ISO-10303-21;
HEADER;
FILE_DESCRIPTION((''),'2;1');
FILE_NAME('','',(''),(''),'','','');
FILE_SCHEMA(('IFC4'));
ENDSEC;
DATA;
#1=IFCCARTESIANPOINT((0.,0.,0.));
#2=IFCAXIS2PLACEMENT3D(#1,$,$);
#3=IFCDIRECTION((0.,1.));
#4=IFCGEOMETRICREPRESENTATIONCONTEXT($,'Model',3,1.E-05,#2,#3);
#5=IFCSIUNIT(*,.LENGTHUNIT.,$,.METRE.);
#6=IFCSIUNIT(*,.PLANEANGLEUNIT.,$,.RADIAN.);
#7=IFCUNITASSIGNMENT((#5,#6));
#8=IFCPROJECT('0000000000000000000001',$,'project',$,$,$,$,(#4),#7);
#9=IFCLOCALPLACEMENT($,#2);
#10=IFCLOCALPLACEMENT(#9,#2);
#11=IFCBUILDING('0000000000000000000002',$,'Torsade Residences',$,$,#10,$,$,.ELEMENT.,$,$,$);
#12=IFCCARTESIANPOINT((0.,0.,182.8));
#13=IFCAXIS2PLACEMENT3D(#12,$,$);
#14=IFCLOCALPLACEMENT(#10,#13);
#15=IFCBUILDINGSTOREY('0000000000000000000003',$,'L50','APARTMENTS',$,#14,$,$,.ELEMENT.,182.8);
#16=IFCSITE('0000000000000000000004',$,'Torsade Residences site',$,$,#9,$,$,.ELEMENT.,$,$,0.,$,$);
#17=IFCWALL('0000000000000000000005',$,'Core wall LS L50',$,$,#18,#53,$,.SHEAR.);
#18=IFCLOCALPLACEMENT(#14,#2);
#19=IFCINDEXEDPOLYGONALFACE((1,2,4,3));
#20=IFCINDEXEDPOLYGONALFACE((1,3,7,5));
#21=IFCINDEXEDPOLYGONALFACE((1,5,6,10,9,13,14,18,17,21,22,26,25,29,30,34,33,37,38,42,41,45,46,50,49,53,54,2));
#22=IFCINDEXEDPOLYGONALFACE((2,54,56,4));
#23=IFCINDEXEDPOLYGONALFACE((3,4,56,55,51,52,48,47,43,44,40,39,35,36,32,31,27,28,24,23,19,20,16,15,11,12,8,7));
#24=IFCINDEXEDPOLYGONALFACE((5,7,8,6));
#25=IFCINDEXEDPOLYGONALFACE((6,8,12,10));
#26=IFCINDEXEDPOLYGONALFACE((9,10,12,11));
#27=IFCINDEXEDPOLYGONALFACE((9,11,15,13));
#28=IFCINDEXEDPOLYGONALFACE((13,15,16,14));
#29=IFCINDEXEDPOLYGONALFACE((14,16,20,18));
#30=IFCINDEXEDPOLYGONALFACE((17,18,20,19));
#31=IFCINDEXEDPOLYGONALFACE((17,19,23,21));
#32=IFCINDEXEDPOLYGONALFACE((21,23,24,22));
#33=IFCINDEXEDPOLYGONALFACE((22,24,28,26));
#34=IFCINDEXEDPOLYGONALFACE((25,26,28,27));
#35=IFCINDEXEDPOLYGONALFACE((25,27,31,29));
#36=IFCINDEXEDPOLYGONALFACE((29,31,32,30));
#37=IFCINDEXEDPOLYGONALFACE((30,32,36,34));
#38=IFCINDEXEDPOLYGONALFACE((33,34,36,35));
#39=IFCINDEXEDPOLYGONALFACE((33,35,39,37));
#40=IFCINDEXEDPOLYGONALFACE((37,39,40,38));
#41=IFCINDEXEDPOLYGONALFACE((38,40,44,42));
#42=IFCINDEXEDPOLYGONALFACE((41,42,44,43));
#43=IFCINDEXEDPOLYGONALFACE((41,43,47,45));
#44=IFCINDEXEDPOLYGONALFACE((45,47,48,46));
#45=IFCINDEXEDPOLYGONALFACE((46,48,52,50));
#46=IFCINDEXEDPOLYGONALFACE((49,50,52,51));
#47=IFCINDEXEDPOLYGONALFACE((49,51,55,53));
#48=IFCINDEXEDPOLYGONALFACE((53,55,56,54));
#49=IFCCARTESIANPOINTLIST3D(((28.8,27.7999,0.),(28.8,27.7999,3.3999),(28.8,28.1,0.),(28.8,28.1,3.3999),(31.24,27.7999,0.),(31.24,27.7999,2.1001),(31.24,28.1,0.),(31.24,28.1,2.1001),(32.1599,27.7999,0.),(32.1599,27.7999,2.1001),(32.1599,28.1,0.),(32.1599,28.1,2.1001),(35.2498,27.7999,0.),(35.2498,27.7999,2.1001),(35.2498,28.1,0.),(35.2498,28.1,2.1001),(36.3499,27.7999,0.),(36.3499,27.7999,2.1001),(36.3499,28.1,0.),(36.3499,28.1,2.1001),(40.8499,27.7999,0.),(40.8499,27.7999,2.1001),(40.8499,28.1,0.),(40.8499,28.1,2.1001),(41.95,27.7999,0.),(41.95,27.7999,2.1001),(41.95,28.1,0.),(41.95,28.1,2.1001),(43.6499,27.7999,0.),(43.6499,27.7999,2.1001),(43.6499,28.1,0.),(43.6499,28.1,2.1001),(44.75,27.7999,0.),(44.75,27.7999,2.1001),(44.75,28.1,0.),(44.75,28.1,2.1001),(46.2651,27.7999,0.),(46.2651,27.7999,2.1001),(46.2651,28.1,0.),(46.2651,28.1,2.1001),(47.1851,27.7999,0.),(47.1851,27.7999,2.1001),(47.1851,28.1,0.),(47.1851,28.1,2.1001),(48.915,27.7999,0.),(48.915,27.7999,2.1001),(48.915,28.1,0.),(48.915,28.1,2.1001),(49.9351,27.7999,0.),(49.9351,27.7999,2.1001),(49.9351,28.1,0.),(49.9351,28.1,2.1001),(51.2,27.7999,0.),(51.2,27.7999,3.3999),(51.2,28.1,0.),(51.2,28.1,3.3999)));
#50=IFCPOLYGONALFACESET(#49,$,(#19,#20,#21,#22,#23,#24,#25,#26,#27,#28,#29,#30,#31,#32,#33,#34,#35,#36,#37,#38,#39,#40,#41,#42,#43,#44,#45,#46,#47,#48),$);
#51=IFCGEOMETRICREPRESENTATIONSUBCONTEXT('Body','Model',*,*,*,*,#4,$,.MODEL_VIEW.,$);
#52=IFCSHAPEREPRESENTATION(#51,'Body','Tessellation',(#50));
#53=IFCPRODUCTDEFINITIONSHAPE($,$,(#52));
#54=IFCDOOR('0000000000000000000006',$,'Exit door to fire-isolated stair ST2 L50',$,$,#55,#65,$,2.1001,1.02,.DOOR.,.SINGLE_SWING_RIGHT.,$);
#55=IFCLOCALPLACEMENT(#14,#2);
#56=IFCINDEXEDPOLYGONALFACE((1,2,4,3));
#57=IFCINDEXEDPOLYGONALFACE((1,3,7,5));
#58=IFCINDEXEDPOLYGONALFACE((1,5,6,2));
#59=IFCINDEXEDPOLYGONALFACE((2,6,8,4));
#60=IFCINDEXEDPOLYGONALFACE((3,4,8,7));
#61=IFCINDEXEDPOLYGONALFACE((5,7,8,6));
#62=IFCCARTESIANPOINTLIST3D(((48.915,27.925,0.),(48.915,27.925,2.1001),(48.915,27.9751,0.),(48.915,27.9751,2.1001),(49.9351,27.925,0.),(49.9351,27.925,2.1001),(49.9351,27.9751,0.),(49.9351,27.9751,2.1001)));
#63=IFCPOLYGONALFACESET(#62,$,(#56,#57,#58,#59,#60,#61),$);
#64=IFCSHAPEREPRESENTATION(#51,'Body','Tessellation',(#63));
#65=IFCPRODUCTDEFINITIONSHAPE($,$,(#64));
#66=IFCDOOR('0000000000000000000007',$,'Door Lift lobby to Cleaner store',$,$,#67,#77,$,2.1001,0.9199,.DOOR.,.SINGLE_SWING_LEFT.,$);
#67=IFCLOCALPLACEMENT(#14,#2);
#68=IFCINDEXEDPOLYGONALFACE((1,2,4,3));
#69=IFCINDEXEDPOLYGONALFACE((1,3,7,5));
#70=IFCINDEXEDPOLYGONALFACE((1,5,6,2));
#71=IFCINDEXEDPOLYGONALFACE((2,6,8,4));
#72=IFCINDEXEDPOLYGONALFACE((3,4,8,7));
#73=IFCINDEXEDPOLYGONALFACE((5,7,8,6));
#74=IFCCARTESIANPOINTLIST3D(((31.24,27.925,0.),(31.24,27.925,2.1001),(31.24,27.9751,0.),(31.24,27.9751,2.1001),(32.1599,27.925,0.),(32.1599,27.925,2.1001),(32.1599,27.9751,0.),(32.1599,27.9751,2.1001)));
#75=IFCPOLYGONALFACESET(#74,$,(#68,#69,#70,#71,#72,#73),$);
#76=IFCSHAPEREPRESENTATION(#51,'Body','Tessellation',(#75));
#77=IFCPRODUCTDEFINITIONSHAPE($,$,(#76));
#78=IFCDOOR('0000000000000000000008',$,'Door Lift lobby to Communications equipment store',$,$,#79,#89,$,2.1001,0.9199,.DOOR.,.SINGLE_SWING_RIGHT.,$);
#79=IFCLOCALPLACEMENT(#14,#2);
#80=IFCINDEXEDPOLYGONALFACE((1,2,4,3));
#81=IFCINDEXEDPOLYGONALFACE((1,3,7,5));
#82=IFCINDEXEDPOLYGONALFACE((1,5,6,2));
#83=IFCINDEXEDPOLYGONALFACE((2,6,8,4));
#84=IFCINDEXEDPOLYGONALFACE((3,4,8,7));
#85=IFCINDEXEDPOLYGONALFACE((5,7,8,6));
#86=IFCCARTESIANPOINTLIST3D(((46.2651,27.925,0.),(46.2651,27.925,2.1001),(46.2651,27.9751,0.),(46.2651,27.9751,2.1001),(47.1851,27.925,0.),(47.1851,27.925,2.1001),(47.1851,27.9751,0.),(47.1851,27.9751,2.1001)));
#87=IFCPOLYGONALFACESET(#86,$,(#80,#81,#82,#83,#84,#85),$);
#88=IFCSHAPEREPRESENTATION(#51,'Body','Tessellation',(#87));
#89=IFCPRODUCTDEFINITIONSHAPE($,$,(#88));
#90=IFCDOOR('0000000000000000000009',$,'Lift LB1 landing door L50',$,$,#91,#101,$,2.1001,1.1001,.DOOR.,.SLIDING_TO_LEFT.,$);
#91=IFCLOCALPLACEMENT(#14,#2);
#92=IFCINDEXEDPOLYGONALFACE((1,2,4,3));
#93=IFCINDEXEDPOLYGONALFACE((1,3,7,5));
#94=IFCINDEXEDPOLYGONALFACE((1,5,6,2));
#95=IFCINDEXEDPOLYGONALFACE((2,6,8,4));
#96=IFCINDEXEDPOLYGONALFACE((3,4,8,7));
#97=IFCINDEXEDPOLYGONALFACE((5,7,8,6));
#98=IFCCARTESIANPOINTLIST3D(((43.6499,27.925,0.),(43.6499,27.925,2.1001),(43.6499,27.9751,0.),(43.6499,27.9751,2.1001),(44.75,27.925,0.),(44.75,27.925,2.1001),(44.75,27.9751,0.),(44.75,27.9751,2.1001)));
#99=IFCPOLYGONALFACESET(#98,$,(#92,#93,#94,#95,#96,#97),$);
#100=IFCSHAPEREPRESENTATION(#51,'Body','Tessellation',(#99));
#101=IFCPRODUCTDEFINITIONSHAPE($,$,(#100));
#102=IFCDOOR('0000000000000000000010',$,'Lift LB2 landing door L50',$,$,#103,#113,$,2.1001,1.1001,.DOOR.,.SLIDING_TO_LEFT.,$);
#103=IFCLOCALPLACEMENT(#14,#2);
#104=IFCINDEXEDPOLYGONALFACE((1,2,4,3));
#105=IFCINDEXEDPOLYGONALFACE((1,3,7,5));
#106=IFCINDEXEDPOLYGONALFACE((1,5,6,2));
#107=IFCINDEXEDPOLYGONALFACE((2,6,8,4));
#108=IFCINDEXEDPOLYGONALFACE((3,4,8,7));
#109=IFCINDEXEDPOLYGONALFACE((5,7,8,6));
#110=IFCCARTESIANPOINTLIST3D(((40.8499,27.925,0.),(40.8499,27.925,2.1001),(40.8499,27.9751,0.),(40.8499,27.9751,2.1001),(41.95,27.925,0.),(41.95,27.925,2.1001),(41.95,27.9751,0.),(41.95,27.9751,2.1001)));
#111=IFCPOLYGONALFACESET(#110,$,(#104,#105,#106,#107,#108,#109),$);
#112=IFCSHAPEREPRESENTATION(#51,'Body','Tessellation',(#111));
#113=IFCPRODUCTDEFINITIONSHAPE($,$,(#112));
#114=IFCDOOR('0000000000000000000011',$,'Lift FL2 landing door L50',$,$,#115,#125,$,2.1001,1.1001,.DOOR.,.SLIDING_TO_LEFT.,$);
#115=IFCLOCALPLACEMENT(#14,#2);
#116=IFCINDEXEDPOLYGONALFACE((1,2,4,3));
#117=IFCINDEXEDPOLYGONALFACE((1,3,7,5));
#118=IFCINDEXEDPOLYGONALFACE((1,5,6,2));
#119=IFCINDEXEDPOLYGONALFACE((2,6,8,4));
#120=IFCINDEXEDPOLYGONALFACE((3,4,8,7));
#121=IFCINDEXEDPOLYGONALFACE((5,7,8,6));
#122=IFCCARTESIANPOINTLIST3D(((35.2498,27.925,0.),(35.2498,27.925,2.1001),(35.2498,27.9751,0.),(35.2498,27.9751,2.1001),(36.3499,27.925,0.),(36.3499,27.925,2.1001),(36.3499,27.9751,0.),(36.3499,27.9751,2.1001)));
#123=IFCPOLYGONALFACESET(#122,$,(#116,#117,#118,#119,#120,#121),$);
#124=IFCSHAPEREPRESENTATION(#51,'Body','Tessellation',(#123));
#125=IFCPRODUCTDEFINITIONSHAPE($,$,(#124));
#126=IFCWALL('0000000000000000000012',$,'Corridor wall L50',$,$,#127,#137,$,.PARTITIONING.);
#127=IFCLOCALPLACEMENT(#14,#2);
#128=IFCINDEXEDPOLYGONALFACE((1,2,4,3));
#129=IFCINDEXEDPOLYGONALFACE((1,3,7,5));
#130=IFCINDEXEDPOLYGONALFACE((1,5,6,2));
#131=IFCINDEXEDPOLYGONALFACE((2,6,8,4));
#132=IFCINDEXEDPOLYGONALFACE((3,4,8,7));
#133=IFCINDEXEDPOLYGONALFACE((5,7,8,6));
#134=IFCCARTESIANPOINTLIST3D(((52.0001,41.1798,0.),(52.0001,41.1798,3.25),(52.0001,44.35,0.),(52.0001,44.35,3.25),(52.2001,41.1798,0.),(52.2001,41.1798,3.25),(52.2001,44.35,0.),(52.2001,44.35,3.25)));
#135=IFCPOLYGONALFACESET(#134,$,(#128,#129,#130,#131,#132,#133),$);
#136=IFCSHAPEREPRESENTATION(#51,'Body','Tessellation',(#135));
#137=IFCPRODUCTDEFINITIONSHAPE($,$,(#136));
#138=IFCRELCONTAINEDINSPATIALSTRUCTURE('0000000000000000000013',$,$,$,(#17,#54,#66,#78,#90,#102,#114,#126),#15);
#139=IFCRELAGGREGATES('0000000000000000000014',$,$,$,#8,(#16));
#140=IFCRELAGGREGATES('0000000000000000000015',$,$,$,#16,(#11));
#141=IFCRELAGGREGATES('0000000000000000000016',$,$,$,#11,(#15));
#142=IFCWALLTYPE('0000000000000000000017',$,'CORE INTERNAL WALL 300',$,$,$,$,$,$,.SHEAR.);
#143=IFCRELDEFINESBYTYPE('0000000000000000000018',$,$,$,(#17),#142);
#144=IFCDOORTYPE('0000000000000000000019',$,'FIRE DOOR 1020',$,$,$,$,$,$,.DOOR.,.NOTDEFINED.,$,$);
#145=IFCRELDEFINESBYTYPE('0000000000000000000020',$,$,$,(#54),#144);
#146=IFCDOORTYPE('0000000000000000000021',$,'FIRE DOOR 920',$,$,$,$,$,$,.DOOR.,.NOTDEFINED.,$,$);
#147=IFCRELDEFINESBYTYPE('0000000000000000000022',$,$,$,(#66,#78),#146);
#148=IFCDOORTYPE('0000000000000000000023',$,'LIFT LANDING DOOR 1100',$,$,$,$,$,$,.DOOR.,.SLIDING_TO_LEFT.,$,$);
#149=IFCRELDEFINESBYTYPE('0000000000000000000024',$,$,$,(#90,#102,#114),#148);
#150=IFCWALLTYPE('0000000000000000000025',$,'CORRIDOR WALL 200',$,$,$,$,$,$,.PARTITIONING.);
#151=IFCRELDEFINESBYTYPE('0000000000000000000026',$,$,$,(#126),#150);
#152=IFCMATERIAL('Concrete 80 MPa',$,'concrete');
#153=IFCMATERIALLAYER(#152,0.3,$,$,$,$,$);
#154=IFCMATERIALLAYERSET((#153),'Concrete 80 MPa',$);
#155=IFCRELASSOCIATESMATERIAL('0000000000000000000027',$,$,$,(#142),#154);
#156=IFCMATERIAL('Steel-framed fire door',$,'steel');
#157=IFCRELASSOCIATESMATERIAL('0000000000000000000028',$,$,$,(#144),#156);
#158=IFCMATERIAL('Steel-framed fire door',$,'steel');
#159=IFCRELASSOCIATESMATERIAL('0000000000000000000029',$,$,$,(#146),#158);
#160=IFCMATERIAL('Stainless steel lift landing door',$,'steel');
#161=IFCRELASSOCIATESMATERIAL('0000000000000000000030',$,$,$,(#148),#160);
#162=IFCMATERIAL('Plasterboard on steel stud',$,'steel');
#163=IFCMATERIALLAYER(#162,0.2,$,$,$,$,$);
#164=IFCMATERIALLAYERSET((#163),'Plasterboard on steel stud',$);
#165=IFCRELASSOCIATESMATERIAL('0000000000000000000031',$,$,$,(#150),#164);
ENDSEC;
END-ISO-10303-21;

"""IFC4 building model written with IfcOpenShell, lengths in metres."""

from ifc_helpers import new_model, si_unit, direction, frame, frame_2d, origin, place, context, subcontext, project, spatial, rectangle, extrude, material, layer, layer_set, type_object, element, fill, save


model = new_model("IFC4")

# Units and contexts
model_context = context("Model", 3, precision=1e-05, world=origin(), true_north=direction((0.0, 1.0)))
body_context = subcontext(model_context, "Body", "Model", "MODEL_VIEW")
ifc_project = project(units=[si_unit("LENGTHUNIT", "METRE"), si_unit("PLANEANGLEUNIT", "RADIAN")], contexts=[model_context])

# Site, building, storey
site_placement = place(None, origin())
site = spatial("IfcSite", under=ifc_project, at=site_placement, Name="Torsade Residences site", CompositionType="ELEMENT", RefElevation=0.0)
building_placement = place(site_placement, origin())
building = spatial("IfcBuilding", under=site, at=building_placement, Name="Torsade Residences", CompositionType="ELEMENT")
storey_placement = place(building_placement, frame((0.0, 0.0, 182.8)))
storey = spatial("IfcBuildingStorey", under=building, at=storey_placement, Name="L50", Description="APARTMENTS", CompositionType="ELEMENT", Elevation=182.8)

# Wall, openings, doors
ifc_material_1 = material(Name="Concrete 80 MPa", Category="concrete")
ifc_layer_1 = layer(ifc_material_1, 0.3)
ifc_layer_set_1 = layer_set([ifc_layer_1], Name="Concrete 80 MPa")
wall_type_1 = type_object("IfcWallType", Name="CORE INTERNAL WALL 300", PredefinedType="SHEAR", material=ifc_layer_set_1)
wall_1_placement = place(storey_placement, frame((51.2, 27.95, 0.0), z_axis=(0.0, 0.0, 1.0), x_axis=(-1.0, 0.0, 0.0)))
wall_1 = element("IfcWall", 1, at=wall_1_placement, inside=storey, type_object=wall_type_1, Name="Core wall LS L50", PredefinedType="SHEAR", context=body_context, shape_type="SweptSolid", body=[
    extrude(rectangle(XDim=22.3999, YDim=0.3, at=frame_2d((11.2, 0.0))), origin(), (0.0, 0.0, 1.0), 3.3999),
])
opening_1_placement = place(wall_1_placement, frame((19.04, 0.0, 0.0)))
opening_1 = element("IfcOpeningElement", 2, at=opening_1_placement, cuts=wall_1, PredefinedType="OPENING", context=body_context, shape_type="SweptSolid", body=[
    extrude(rectangle(XDim=0.9199, YDim=2.1001, at=frame_2d((0.46, 1.05))), frame((0.0, 0.1599, 0.0), z_axis=(0.0, -1.0, 0.0), x_axis=(1.0, 0.0, 0.0)), (0.0, 0.0, 1.0), 0.3201),
])
opening_2_placement = place(wall_1_placement, frame((1.2649, 0.0, 0.0)))
opening_2 = element("IfcOpeningElement", 3, at=opening_2_placement, cuts=wall_1, PredefinedType="OPENING", context=body_context, shape_type="SweptSolid", body=[
    extrude(rectangle(XDim=1.02, YDim=2.1001, at=frame_2d((0.51, 1.05))), frame((0.0, 0.1599, 0.0), z_axis=(0.0, -1.0, 0.0), x_axis=(1.0, 0.0, 0.0)), (0.0, 0.0, 1.0), 0.3201),
])
opening_3_placement = place(wall_1_placement, frame((4.0149, 0.0, 0.0)))
opening_3 = element("IfcOpeningElement", 4, at=opening_3_placement, cuts=wall_1, PredefinedType="OPENING", context=body_context, shape_type="SweptSolid", body=[
    extrude(rectangle(XDim=0.9199, YDim=2.1001, at=frame_2d((0.46, 1.05))), frame((0.0, 0.1599, 0.0), z_axis=(0.0, -1.0, 0.0), x_axis=(1.0, 0.0, 0.0)), (0.0, 0.0, 1.0), 0.3201),
])
opening_4_placement = place(wall_1_placement, frame((6.45, 0.0, 0.0)))
opening_4 = element("IfcOpeningElement", 5, at=opening_4_placement, cuts=wall_1, PredefinedType="OPENING", context=body_context, shape_type="SweptSolid", body=[
    extrude(rectangle(XDim=1.1001, YDim=2.1001, at=frame_2d((0.55, 1.05))), frame((0.0, 0.1599, 0.0), z_axis=(0.0, -1.0, 0.0), x_axis=(1.0, 0.0, 0.0)), (0.0, 0.0, 1.0), 0.3201),
])
opening_5_placement = place(wall_1_placement, frame((9.25, 0.0, 0.0)))
opening_5 = element("IfcOpeningElement", 6, at=opening_5_placement, cuts=wall_1, PredefinedType="OPENING", context=body_context, shape_type="SweptSolid", body=[
    extrude(rectangle(XDim=1.1001, YDim=2.1001, at=frame_2d((0.55, 1.05))), frame((0.0, 0.1599, 0.0), z_axis=(0.0, -1.0, 0.0), x_axis=(1.0, 0.0, 0.0)), (0.0, 0.0, 1.0), 0.3201),
])
opening_6_placement = place(wall_1_placement, frame((14.8501, 0.0, 0.0)))
opening_6 = element("IfcOpeningElement", 7, at=opening_6_placement, cuts=wall_1, PredefinedType="OPENING", context=body_context, shape_type="SweptSolid", body=[
    extrude(rectangle(XDim=1.1001, YDim=2.1001, at=frame_2d((0.55, 1.05))), frame((0.0, 0.1599, 0.0), z_axis=(0.0, -1.0, 0.0), x_axis=(1.0, 0.0, 0.0)), (0.0, 0.0, 1.0), 0.3201),
])
ifc_material_2 = material(Name="Steel-framed fire door", Category="steel")
door_type_1 = type_object("IfcDoorType", Name="FIRE DOOR 1020", OperationType="NOTDEFINED", PredefinedType="DOOR", material=ifc_material_2)
door_1_placement = place(opening_2_placement, origin())
door_1 = element("IfcDoor", 8, at=door_1_placement, inside=storey, type_object=door_type_1, Name="Exit door to fire-isolated stair ST2 L50", OperationType="SINGLE_SWING_RIGHT", OverallHeight=2.1001, OverallWidth=1.02, PredefinedType="DOOR", context=body_context, shape_type="SweptSolid", body=[
    extrude(rectangle(XDim=1.02, YDim=2.1001, at=frame_2d((0.51, 1.05))), frame((0.0, 0.0249, 0.0), z_axis=(0.0, -1.0, 0.0), x_axis=(1.0, 0.0, 0.0)), (0.0, 0.0, 1.0), 0.05),
])
fill(opening_2, door_1)
ifc_material_3 = material(Name="Steel-framed fire door", Category="steel")
door_type_2 = type_object("IfcDoorType", Name="FIRE DOOR 920", OperationType="NOTDEFINED", PredefinedType="DOOR", material=ifc_material_3)
door_2_placement = place(opening_1_placement, origin())
door_2 = element("IfcDoor", 9, at=door_2_placement, inside=storey, type_object=door_type_2, Name="Door Lift lobby to Cleaner store", OperationType="SINGLE_SWING_LEFT", OverallHeight=2.1001, OverallWidth=0.9199, PredefinedType="DOOR", context=body_context, shape_type="SweptSolid", body=[
    extrude(rectangle(XDim=0.9199, YDim=2.1001, at=frame_2d((0.46, 1.05))), frame((0.0, 0.0249, 0.0), z_axis=(0.0, -1.0, 0.0), x_axis=(1.0, 0.0, 0.0)), (0.0, 0.0, 1.0), 0.05),
])
fill(opening_1, door_2)
door_3_placement = place(opening_3_placement, origin())
door_3 = element("IfcDoor", 10, at=door_3_placement, inside=storey, type_object=door_type_2, Name="Door Lift lobby to Communications equipment store", OperationType="SINGLE_SWING_RIGHT", OverallHeight=2.1001, OverallWidth=0.9199, PredefinedType="DOOR", context=body_context, shape_type="SweptSolid", body=[
    extrude(rectangle(XDim=0.9199, YDim=2.1001, at=frame_2d((0.46, 1.05))), frame((0.0, 0.0249, 0.0), z_axis=(0.0, -1.0, 0.0), x_axis=(1.0, 0.0, 0.0)), (0.0, 0.0, 1.0), 0.05),
])
fill(opening_3, door_3)
ifc_material_4 = material(Name="Stainless steel lift landing door", Category="steel")
door_type_3 = type_object("IfcDoorType", Name="LIFT LANDING DOOR 1100", OperationType="SLIDING_TO_LEFT", PredefinedType="DOOR", material=ifc_material_4)
door_4_placement = place(opening_4_placement, origin())
door_4 = element("IfcDoor", 11, at=door_4_placement, inside=storey, type_object=door_type_3, Name="Lift LB1 landing door L50", OperationType="SLIDING_TO_LEFT", OverallHeight=2.1001, OverallWidth=1.1001, PredefinedType="DOOR", context=body_context, shape_type="SweptSolid", body=[
    extrude(rectangle(XDim=1.1001, YDim=2.1001, at=frame_2d((0.55, 1.05))), frame((0.0, 0.0249, 0.0), z_axis=(0.0, -1.0, 0.0), x_axis=(1.0, 0.0, 0.0)), (0.0, 0.0, 1.0), 0.05),
])
fill(opening_4, door_4)
door_5_placement = place(opening_5_placement, origin())
door_5 = element("IfcDoor", 12, at=door_5_placement, inside=storey, type_object=door_type_3, Name="Lift LB2 landing door L50", OperationType="SLIDING_TO_LEFT", OverallHeight=2.1001, OverallWidth=1.1001, PredefinedType="DOOR", context=body_context, shape_type="SweptSolid", body=[
    extrude(rectangle(XDim=1.1001, YDim=2.1001, at=frame_2d((0.55, 1.05))), frame((0.0, 0.0249, 0.0), z_axis=(0.0, -1.0, 0.0), x_axis=(1.0, 0.0, 0.0)), (0.0, 0.0, 1.0), 0.05),
])
fill(opening_5, door_5)
door_6_placement = place(opening_6_placement, origin())
door_6 = element("IfcDoor", 13, at=door_6_placement, inside=storey, type_object=door_type_3, Name="Lift FL2 landing door L50", OperationType="SLIDING_TO_LEFT", OverallHeight=2.1001, OverallWidth=1.1001, PredefinedType="DOOR", context=body_context, shape_type="SweptSolid", body=[
    extrude(rectangle(XDim=1.1001, YDim=2.1001, at=frame_2d((0.55, 1.05))), frame((0.0, 0.0249, 0.0), z_axis=(0.0, -1.0, 0.0), x_axis=(1.0, 0.0, 0.0)), (0.0, 0.0, 1.0), 0.05),
])
fill(opening_6, door_6)

# Wall
ifc_material_5 = material(Name="Plasterboard on steel stud", Category="steel")
ifc_layer_2 = layer(ifc_material_5, 0.2)
ifc_layer_set_2 = layer_set([ifc_layer_2], Name="Plasterboard on steel stud")
wall_type_2 = type_object("IfcWallType", Name="CORRIDOR WALL 200", PredefinedType="PARTITIONING", material=ifc_layer_set_2)
wall_2_placement = place(storey_placement, frame((52.1001, 41.1799, 0.0), z_axis=(0.0, 0.0, 1.0), x_axis=(0.0, 1.0, 0.0)))
element("IfcWall", 14, at=wall_2_placement, inside=storey, type_object=wall_type_2, Name="Corridor wall L50", PredefinedType="PARTITIONING", context=body_context, shape_type="SweptSolid", body=[
    extrude(rectangle(XDim=3.1702, YDim=0.2, at=frame_2d((1.585, 0.0))), origin(), (0.0, 0.0, 1.0), 3.25),
])

save(model, "model.ifc")
